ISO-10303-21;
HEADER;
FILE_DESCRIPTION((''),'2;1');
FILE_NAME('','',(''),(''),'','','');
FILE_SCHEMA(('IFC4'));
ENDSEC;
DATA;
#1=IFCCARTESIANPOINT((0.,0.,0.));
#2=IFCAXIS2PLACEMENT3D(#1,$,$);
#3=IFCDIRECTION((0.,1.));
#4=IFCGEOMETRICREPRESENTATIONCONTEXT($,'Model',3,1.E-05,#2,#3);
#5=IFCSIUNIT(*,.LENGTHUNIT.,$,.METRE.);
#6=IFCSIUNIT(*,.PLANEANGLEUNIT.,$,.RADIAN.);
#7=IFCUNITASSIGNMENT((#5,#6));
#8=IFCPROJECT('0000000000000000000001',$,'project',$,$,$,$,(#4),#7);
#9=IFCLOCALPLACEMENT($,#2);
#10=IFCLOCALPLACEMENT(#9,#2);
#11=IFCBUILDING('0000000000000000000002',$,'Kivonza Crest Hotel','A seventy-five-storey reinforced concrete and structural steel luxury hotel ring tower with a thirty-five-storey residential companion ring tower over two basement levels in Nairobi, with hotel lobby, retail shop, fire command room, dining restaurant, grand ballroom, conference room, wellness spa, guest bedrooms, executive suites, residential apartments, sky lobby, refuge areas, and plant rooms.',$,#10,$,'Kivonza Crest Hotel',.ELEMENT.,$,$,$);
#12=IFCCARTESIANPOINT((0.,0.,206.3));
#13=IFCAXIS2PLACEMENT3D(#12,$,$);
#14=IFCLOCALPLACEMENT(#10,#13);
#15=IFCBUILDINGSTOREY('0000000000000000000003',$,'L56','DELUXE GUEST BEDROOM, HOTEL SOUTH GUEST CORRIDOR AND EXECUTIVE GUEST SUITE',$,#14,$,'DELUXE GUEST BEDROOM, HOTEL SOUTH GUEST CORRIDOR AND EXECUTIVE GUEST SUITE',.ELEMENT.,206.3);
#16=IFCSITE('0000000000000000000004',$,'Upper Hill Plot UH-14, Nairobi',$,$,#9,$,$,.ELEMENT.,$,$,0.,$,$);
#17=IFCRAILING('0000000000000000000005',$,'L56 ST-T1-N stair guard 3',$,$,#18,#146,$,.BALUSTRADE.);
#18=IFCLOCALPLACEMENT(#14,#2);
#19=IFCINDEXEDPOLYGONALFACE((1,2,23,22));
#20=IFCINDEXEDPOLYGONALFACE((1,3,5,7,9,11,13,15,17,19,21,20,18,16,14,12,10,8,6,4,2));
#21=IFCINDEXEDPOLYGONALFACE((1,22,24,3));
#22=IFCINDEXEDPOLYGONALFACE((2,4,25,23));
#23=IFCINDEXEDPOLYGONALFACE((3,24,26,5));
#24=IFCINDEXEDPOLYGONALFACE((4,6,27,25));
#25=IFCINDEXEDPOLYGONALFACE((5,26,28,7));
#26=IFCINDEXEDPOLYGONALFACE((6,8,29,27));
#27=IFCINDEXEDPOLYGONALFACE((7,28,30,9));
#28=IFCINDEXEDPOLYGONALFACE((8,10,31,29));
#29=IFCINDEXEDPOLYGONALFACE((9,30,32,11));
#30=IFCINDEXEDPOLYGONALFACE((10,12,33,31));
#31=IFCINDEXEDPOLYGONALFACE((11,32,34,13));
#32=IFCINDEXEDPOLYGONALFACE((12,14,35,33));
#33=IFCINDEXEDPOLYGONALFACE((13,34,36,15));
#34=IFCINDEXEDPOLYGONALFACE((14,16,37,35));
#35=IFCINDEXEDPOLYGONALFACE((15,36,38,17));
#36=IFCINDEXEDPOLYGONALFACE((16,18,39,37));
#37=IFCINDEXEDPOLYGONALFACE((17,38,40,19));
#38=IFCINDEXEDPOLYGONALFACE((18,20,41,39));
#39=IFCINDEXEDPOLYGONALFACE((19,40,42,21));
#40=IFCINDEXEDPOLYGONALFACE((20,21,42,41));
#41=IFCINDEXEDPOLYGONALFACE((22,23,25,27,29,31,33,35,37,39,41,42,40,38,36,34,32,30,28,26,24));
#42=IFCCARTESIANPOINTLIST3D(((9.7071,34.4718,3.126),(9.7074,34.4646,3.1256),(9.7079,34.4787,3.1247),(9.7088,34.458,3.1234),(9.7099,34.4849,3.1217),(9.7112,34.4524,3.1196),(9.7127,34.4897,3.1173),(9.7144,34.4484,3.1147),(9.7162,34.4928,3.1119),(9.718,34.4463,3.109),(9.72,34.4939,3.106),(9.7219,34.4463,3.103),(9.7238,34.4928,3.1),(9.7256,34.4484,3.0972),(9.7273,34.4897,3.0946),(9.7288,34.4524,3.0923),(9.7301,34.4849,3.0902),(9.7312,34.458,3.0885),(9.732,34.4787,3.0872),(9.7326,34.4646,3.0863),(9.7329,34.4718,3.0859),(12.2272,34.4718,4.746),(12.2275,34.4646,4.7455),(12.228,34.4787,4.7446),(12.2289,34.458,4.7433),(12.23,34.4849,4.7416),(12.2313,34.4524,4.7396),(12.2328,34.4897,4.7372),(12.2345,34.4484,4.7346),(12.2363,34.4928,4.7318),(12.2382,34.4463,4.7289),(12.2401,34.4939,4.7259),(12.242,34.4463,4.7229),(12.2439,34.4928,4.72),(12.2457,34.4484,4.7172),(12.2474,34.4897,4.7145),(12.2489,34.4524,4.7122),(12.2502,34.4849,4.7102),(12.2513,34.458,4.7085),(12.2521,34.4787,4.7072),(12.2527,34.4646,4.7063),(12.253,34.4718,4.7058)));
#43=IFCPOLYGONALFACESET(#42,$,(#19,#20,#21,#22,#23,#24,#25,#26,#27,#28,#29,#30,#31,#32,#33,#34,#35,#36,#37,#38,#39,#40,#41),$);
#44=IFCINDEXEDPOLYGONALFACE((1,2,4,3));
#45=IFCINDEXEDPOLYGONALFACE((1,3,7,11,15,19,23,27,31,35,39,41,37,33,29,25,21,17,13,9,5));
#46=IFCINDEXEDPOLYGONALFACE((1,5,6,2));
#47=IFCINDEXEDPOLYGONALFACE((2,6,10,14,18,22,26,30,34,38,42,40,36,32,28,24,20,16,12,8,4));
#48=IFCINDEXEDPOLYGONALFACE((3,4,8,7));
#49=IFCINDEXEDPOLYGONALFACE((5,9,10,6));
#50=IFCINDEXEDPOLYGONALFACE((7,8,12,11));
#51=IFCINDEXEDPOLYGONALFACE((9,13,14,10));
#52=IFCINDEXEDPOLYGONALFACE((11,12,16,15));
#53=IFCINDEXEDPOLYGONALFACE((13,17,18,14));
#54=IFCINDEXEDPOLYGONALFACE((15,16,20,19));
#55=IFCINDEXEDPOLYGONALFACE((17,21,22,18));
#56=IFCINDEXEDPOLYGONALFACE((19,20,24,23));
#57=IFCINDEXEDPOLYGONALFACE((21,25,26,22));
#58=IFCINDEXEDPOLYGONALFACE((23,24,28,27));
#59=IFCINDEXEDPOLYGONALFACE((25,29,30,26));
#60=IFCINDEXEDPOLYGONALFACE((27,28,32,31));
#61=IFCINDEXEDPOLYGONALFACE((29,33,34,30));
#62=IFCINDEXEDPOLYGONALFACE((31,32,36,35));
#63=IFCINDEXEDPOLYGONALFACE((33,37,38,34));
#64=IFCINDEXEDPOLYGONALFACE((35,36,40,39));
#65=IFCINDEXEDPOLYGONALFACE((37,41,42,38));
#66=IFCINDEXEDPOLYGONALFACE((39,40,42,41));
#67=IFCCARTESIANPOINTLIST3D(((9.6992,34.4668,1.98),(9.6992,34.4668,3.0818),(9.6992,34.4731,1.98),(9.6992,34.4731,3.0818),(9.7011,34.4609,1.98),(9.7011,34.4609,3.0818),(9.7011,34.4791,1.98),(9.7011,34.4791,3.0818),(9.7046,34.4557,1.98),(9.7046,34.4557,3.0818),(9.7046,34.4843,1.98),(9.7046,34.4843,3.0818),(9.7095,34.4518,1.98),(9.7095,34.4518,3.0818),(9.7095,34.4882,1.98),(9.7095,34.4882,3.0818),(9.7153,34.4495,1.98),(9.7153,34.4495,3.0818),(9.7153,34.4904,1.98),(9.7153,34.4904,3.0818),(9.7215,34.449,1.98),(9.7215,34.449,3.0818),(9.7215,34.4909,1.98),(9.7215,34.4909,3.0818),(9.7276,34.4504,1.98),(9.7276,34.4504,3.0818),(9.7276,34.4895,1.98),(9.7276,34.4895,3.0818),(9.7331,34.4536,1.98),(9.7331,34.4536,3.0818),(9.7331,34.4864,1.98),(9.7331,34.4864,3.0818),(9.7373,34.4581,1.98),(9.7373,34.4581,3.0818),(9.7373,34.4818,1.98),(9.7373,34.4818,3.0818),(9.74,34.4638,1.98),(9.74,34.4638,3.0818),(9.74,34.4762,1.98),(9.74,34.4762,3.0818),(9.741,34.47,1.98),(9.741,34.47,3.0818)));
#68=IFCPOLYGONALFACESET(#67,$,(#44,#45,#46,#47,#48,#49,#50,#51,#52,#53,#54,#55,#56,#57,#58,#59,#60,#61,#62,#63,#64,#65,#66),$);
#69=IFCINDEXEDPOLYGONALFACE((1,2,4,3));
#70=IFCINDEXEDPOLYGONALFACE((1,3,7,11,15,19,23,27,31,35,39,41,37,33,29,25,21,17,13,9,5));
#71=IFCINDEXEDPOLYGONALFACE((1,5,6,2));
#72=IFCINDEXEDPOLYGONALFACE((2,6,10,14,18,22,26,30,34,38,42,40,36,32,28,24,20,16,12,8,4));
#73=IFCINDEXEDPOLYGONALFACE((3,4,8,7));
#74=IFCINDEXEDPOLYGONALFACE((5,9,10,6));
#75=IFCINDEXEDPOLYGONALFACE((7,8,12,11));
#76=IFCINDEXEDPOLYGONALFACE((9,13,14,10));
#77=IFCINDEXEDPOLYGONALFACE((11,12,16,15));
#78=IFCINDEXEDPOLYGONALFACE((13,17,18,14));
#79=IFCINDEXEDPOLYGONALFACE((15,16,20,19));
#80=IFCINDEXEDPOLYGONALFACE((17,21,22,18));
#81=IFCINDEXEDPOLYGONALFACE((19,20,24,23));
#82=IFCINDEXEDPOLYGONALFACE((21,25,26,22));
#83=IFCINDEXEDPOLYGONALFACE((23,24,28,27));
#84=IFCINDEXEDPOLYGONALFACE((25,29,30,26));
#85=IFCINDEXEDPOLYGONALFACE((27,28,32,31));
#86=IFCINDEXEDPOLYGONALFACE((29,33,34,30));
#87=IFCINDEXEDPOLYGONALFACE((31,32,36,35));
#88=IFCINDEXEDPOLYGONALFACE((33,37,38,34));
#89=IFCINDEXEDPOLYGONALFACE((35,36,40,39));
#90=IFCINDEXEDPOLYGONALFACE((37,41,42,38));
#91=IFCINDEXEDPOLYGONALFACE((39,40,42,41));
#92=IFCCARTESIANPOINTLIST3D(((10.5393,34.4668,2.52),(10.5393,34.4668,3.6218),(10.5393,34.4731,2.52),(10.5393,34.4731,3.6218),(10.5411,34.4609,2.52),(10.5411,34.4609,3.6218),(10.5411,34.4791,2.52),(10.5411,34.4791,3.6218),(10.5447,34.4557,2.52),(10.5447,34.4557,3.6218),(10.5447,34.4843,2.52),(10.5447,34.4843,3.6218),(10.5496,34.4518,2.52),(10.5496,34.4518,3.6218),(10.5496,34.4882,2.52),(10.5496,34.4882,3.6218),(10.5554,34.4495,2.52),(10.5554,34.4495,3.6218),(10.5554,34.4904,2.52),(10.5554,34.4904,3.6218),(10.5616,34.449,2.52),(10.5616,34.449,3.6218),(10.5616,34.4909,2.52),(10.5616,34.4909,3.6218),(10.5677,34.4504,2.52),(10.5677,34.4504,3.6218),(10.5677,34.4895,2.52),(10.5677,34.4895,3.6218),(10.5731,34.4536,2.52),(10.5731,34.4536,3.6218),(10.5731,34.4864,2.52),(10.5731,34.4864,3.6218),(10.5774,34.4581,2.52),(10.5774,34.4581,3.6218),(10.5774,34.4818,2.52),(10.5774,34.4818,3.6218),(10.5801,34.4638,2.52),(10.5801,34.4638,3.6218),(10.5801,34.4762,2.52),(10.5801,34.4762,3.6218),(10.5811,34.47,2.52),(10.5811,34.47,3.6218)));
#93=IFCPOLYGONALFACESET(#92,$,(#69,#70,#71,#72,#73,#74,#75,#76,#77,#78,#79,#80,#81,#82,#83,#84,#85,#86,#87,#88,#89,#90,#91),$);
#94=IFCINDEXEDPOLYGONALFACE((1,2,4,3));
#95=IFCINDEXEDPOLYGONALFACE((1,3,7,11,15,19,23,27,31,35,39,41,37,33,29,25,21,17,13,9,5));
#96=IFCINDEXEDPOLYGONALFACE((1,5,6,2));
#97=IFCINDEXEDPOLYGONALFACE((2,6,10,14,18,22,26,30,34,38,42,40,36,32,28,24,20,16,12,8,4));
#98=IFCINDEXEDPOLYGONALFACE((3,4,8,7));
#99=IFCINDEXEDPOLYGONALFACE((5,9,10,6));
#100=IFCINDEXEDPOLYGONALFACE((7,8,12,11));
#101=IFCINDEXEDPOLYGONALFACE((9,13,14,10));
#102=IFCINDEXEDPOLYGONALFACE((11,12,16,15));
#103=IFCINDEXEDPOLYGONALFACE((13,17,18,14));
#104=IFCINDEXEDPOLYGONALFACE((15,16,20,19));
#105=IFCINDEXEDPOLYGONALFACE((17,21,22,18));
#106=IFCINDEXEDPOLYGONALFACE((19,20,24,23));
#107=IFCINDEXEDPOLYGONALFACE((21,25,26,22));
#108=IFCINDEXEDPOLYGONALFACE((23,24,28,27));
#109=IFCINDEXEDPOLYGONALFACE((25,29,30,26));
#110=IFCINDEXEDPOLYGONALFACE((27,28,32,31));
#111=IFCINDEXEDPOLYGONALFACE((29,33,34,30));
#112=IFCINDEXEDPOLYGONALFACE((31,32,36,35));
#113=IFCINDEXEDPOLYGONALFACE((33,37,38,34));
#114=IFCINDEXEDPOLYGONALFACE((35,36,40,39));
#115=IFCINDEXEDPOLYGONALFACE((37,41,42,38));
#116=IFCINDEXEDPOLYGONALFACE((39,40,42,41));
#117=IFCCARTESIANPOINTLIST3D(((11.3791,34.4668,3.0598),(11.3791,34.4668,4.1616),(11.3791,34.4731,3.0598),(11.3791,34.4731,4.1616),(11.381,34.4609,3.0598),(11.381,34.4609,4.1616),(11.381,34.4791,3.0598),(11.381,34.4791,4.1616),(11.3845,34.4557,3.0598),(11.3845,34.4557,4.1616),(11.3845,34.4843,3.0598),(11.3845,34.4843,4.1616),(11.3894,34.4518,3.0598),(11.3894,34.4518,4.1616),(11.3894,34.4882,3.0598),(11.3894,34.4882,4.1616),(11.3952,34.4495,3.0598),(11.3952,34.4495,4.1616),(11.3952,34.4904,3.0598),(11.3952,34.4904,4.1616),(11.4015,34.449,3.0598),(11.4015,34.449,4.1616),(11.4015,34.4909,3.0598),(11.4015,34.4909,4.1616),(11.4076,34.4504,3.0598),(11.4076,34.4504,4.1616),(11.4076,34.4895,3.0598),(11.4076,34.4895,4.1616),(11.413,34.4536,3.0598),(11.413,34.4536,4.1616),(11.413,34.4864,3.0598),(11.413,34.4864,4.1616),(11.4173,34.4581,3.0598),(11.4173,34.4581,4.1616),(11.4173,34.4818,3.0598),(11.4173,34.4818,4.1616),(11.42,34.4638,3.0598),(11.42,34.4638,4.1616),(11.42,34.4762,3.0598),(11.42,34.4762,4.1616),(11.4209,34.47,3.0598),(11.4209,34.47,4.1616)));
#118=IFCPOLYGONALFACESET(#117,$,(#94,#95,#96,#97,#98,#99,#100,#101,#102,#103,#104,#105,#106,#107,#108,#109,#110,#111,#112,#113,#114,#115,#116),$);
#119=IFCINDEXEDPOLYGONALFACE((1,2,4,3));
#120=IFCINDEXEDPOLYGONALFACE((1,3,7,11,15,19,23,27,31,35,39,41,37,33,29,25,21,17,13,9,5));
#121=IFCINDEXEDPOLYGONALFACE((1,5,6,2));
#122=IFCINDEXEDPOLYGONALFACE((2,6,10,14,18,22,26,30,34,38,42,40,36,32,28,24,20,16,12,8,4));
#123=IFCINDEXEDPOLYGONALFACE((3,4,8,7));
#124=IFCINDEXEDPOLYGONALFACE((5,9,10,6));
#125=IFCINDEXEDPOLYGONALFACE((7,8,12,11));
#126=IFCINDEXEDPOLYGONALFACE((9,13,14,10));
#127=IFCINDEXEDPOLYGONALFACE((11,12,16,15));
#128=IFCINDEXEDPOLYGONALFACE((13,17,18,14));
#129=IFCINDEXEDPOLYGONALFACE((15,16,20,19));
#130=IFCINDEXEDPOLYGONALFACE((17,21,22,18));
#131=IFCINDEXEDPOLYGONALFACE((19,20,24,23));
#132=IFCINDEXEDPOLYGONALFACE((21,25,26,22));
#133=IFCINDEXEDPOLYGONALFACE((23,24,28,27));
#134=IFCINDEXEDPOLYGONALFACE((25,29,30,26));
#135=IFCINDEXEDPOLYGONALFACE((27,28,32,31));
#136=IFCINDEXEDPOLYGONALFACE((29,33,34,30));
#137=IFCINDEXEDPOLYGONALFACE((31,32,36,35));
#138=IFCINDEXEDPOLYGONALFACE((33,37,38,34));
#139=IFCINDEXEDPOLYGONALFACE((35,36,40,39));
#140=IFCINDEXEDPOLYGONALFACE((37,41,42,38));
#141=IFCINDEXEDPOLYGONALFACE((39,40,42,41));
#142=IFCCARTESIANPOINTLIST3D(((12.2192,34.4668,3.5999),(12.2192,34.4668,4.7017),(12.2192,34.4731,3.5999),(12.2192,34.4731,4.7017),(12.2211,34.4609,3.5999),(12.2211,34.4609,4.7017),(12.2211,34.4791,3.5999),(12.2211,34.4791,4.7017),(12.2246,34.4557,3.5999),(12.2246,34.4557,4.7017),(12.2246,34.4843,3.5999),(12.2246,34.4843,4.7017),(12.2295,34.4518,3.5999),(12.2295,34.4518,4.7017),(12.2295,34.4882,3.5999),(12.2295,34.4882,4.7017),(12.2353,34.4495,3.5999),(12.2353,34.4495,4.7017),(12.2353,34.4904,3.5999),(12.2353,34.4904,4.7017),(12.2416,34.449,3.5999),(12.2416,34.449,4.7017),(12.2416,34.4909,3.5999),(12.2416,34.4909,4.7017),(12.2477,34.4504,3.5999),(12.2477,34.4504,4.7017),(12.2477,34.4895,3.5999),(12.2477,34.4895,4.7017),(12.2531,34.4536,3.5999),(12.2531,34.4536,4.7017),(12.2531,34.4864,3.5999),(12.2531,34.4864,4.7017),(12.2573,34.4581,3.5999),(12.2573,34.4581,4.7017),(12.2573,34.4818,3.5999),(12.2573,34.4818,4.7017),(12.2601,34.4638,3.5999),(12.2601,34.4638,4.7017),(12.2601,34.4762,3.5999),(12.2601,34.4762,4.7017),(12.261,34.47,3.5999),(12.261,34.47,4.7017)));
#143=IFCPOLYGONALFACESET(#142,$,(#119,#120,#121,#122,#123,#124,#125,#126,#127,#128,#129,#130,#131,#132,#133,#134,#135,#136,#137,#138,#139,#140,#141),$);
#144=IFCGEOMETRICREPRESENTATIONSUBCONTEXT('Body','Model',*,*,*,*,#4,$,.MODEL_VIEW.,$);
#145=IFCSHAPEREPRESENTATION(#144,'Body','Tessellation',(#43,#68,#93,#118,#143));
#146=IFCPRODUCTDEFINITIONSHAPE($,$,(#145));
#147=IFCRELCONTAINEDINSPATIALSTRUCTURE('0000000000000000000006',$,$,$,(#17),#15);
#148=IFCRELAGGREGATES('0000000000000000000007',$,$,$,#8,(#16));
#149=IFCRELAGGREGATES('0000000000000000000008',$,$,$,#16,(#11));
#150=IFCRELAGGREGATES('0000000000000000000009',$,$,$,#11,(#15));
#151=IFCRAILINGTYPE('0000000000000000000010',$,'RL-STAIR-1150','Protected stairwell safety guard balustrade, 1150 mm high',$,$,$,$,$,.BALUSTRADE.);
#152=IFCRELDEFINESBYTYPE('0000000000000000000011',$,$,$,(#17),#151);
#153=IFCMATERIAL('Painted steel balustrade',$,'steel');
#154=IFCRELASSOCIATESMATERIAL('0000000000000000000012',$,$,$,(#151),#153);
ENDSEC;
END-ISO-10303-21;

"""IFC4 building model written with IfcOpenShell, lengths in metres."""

from ifc_helpers import new_model, si_unit, direction, frame, origin, origin_2d, place, context, subcontext, project, spatial, circle, extrude, material, type_object, element, save


model = new_model("IFC4")

# Units and contexts
model_context = context("Model", 3, precision=1e-05, world=origin(), true_north=direction((0.0, 1.0)))
body_context = subcontext(model_context, "Body", "Model", "MODEL_VIEW")
ifc_project = project(units=[si_unit("LENGTHUNIT", "METRE"), si_unit("PLANEANGLEUNIT", "RADIAN")], contexts=[model_context])

# Site, building, storey
site_placement = place(None, origin())
site = spatial("IfcSite", under=ifc_project, at=site_placement, Name="Upper Hill Plot UH-14, Nairobi", CompositionType="ELEMENT", RefElevation=0.0)
building_placement = place(site_placement, origin())
building = spatial("IfcBuilding", under=site, at=building_placement, Name="Kivonza Crest Hotel", Description="A seventy-five-storey reinforced concrete and structural steel luxury hotel ring tower with a thirty-five-storey residential companion ring tower over two basement levels in Nairobi, with hotel lobby, retail shop, fire command room, dining restaurant, grand ballroom, conference room, wellness spa, guest bedrooms, executive suites, residential apartments, sky lobby, refuge areas, and plant rooms.", LongName="Kivonza Crest Hotel", CompositionType="ELEMENT")
storey_placement = place(building_placement, frame((0.0, 0.0, 206.3)))
storey = spatial("IfcBuildingStorey", under=building, at=storey_placement, Name="L56", Description="DELUXE GUEST BEDROOM, HOTEL SOUTH GUEST CORRIDOR AND EXECUTIVE GUEST SUITE", LongName="DELUXE GUEST BEDROOM, HOTEL SOUTH GUEST CORRIDOR AND EXECUTIVE GUEST SUITE", CompositionType="ELEMENT", Elevation=206.3)

# Railing
ifc_material_1 = material(Name="Painted steel balustrade", Category="steel")
railing_type_1 = type_object("IfcRailingType", Name="RL-STAIR-1150", Description="Protected stairwell safety guard balustrade, 1150 mm high", PredefinedType="BALUSTRADE", material=ifc_material_1)
railing_1_placement = place(storey_placement, frame((9.72, 34.47, 1.98)))
element("IfcRailing", 1, at=railing_1_placement, inside=storey, type_object=railing_type_1, Name="L56 ST-T1-N stair guard 3", PredefinedType="BALUSTRADE", context=body_context, shape_type="SweptSolid", body=[
    extrude(circle(Radius=0.0239, at=origin_2d()), frame((0.0, 0.0, 1.126), z_axis=(0.8412, 0.0, 0.540725), x_axis=(0.0, 1.0, 0.0)), (0.0, 0.0, 1.0), 2.9958),
    extrude(circle(Radius=0.021, at=origin_2d()), origin(), (0.0, 0.0, 1.0), 1.1018),
    extrude(circle(Radius=0.021, at=origin_2d()), frame((0.8401, 0.0, 0.54)), (0.0, 0.0, 1.0), 1.1018),
    extrude(circle(Radius=0.021, at=origin_2d()), frame((1.6799, 0.0, 1.0798)), (0.0, 0.0, 1.0), 1.1018),
    extrude(circle(Radius=0.021, at=origin_2d()), frame((2.52, 0.0, 1.6199)), (0.0, 0.0, 1.0), 1.1018),
])

save(model, "model.ifc")
